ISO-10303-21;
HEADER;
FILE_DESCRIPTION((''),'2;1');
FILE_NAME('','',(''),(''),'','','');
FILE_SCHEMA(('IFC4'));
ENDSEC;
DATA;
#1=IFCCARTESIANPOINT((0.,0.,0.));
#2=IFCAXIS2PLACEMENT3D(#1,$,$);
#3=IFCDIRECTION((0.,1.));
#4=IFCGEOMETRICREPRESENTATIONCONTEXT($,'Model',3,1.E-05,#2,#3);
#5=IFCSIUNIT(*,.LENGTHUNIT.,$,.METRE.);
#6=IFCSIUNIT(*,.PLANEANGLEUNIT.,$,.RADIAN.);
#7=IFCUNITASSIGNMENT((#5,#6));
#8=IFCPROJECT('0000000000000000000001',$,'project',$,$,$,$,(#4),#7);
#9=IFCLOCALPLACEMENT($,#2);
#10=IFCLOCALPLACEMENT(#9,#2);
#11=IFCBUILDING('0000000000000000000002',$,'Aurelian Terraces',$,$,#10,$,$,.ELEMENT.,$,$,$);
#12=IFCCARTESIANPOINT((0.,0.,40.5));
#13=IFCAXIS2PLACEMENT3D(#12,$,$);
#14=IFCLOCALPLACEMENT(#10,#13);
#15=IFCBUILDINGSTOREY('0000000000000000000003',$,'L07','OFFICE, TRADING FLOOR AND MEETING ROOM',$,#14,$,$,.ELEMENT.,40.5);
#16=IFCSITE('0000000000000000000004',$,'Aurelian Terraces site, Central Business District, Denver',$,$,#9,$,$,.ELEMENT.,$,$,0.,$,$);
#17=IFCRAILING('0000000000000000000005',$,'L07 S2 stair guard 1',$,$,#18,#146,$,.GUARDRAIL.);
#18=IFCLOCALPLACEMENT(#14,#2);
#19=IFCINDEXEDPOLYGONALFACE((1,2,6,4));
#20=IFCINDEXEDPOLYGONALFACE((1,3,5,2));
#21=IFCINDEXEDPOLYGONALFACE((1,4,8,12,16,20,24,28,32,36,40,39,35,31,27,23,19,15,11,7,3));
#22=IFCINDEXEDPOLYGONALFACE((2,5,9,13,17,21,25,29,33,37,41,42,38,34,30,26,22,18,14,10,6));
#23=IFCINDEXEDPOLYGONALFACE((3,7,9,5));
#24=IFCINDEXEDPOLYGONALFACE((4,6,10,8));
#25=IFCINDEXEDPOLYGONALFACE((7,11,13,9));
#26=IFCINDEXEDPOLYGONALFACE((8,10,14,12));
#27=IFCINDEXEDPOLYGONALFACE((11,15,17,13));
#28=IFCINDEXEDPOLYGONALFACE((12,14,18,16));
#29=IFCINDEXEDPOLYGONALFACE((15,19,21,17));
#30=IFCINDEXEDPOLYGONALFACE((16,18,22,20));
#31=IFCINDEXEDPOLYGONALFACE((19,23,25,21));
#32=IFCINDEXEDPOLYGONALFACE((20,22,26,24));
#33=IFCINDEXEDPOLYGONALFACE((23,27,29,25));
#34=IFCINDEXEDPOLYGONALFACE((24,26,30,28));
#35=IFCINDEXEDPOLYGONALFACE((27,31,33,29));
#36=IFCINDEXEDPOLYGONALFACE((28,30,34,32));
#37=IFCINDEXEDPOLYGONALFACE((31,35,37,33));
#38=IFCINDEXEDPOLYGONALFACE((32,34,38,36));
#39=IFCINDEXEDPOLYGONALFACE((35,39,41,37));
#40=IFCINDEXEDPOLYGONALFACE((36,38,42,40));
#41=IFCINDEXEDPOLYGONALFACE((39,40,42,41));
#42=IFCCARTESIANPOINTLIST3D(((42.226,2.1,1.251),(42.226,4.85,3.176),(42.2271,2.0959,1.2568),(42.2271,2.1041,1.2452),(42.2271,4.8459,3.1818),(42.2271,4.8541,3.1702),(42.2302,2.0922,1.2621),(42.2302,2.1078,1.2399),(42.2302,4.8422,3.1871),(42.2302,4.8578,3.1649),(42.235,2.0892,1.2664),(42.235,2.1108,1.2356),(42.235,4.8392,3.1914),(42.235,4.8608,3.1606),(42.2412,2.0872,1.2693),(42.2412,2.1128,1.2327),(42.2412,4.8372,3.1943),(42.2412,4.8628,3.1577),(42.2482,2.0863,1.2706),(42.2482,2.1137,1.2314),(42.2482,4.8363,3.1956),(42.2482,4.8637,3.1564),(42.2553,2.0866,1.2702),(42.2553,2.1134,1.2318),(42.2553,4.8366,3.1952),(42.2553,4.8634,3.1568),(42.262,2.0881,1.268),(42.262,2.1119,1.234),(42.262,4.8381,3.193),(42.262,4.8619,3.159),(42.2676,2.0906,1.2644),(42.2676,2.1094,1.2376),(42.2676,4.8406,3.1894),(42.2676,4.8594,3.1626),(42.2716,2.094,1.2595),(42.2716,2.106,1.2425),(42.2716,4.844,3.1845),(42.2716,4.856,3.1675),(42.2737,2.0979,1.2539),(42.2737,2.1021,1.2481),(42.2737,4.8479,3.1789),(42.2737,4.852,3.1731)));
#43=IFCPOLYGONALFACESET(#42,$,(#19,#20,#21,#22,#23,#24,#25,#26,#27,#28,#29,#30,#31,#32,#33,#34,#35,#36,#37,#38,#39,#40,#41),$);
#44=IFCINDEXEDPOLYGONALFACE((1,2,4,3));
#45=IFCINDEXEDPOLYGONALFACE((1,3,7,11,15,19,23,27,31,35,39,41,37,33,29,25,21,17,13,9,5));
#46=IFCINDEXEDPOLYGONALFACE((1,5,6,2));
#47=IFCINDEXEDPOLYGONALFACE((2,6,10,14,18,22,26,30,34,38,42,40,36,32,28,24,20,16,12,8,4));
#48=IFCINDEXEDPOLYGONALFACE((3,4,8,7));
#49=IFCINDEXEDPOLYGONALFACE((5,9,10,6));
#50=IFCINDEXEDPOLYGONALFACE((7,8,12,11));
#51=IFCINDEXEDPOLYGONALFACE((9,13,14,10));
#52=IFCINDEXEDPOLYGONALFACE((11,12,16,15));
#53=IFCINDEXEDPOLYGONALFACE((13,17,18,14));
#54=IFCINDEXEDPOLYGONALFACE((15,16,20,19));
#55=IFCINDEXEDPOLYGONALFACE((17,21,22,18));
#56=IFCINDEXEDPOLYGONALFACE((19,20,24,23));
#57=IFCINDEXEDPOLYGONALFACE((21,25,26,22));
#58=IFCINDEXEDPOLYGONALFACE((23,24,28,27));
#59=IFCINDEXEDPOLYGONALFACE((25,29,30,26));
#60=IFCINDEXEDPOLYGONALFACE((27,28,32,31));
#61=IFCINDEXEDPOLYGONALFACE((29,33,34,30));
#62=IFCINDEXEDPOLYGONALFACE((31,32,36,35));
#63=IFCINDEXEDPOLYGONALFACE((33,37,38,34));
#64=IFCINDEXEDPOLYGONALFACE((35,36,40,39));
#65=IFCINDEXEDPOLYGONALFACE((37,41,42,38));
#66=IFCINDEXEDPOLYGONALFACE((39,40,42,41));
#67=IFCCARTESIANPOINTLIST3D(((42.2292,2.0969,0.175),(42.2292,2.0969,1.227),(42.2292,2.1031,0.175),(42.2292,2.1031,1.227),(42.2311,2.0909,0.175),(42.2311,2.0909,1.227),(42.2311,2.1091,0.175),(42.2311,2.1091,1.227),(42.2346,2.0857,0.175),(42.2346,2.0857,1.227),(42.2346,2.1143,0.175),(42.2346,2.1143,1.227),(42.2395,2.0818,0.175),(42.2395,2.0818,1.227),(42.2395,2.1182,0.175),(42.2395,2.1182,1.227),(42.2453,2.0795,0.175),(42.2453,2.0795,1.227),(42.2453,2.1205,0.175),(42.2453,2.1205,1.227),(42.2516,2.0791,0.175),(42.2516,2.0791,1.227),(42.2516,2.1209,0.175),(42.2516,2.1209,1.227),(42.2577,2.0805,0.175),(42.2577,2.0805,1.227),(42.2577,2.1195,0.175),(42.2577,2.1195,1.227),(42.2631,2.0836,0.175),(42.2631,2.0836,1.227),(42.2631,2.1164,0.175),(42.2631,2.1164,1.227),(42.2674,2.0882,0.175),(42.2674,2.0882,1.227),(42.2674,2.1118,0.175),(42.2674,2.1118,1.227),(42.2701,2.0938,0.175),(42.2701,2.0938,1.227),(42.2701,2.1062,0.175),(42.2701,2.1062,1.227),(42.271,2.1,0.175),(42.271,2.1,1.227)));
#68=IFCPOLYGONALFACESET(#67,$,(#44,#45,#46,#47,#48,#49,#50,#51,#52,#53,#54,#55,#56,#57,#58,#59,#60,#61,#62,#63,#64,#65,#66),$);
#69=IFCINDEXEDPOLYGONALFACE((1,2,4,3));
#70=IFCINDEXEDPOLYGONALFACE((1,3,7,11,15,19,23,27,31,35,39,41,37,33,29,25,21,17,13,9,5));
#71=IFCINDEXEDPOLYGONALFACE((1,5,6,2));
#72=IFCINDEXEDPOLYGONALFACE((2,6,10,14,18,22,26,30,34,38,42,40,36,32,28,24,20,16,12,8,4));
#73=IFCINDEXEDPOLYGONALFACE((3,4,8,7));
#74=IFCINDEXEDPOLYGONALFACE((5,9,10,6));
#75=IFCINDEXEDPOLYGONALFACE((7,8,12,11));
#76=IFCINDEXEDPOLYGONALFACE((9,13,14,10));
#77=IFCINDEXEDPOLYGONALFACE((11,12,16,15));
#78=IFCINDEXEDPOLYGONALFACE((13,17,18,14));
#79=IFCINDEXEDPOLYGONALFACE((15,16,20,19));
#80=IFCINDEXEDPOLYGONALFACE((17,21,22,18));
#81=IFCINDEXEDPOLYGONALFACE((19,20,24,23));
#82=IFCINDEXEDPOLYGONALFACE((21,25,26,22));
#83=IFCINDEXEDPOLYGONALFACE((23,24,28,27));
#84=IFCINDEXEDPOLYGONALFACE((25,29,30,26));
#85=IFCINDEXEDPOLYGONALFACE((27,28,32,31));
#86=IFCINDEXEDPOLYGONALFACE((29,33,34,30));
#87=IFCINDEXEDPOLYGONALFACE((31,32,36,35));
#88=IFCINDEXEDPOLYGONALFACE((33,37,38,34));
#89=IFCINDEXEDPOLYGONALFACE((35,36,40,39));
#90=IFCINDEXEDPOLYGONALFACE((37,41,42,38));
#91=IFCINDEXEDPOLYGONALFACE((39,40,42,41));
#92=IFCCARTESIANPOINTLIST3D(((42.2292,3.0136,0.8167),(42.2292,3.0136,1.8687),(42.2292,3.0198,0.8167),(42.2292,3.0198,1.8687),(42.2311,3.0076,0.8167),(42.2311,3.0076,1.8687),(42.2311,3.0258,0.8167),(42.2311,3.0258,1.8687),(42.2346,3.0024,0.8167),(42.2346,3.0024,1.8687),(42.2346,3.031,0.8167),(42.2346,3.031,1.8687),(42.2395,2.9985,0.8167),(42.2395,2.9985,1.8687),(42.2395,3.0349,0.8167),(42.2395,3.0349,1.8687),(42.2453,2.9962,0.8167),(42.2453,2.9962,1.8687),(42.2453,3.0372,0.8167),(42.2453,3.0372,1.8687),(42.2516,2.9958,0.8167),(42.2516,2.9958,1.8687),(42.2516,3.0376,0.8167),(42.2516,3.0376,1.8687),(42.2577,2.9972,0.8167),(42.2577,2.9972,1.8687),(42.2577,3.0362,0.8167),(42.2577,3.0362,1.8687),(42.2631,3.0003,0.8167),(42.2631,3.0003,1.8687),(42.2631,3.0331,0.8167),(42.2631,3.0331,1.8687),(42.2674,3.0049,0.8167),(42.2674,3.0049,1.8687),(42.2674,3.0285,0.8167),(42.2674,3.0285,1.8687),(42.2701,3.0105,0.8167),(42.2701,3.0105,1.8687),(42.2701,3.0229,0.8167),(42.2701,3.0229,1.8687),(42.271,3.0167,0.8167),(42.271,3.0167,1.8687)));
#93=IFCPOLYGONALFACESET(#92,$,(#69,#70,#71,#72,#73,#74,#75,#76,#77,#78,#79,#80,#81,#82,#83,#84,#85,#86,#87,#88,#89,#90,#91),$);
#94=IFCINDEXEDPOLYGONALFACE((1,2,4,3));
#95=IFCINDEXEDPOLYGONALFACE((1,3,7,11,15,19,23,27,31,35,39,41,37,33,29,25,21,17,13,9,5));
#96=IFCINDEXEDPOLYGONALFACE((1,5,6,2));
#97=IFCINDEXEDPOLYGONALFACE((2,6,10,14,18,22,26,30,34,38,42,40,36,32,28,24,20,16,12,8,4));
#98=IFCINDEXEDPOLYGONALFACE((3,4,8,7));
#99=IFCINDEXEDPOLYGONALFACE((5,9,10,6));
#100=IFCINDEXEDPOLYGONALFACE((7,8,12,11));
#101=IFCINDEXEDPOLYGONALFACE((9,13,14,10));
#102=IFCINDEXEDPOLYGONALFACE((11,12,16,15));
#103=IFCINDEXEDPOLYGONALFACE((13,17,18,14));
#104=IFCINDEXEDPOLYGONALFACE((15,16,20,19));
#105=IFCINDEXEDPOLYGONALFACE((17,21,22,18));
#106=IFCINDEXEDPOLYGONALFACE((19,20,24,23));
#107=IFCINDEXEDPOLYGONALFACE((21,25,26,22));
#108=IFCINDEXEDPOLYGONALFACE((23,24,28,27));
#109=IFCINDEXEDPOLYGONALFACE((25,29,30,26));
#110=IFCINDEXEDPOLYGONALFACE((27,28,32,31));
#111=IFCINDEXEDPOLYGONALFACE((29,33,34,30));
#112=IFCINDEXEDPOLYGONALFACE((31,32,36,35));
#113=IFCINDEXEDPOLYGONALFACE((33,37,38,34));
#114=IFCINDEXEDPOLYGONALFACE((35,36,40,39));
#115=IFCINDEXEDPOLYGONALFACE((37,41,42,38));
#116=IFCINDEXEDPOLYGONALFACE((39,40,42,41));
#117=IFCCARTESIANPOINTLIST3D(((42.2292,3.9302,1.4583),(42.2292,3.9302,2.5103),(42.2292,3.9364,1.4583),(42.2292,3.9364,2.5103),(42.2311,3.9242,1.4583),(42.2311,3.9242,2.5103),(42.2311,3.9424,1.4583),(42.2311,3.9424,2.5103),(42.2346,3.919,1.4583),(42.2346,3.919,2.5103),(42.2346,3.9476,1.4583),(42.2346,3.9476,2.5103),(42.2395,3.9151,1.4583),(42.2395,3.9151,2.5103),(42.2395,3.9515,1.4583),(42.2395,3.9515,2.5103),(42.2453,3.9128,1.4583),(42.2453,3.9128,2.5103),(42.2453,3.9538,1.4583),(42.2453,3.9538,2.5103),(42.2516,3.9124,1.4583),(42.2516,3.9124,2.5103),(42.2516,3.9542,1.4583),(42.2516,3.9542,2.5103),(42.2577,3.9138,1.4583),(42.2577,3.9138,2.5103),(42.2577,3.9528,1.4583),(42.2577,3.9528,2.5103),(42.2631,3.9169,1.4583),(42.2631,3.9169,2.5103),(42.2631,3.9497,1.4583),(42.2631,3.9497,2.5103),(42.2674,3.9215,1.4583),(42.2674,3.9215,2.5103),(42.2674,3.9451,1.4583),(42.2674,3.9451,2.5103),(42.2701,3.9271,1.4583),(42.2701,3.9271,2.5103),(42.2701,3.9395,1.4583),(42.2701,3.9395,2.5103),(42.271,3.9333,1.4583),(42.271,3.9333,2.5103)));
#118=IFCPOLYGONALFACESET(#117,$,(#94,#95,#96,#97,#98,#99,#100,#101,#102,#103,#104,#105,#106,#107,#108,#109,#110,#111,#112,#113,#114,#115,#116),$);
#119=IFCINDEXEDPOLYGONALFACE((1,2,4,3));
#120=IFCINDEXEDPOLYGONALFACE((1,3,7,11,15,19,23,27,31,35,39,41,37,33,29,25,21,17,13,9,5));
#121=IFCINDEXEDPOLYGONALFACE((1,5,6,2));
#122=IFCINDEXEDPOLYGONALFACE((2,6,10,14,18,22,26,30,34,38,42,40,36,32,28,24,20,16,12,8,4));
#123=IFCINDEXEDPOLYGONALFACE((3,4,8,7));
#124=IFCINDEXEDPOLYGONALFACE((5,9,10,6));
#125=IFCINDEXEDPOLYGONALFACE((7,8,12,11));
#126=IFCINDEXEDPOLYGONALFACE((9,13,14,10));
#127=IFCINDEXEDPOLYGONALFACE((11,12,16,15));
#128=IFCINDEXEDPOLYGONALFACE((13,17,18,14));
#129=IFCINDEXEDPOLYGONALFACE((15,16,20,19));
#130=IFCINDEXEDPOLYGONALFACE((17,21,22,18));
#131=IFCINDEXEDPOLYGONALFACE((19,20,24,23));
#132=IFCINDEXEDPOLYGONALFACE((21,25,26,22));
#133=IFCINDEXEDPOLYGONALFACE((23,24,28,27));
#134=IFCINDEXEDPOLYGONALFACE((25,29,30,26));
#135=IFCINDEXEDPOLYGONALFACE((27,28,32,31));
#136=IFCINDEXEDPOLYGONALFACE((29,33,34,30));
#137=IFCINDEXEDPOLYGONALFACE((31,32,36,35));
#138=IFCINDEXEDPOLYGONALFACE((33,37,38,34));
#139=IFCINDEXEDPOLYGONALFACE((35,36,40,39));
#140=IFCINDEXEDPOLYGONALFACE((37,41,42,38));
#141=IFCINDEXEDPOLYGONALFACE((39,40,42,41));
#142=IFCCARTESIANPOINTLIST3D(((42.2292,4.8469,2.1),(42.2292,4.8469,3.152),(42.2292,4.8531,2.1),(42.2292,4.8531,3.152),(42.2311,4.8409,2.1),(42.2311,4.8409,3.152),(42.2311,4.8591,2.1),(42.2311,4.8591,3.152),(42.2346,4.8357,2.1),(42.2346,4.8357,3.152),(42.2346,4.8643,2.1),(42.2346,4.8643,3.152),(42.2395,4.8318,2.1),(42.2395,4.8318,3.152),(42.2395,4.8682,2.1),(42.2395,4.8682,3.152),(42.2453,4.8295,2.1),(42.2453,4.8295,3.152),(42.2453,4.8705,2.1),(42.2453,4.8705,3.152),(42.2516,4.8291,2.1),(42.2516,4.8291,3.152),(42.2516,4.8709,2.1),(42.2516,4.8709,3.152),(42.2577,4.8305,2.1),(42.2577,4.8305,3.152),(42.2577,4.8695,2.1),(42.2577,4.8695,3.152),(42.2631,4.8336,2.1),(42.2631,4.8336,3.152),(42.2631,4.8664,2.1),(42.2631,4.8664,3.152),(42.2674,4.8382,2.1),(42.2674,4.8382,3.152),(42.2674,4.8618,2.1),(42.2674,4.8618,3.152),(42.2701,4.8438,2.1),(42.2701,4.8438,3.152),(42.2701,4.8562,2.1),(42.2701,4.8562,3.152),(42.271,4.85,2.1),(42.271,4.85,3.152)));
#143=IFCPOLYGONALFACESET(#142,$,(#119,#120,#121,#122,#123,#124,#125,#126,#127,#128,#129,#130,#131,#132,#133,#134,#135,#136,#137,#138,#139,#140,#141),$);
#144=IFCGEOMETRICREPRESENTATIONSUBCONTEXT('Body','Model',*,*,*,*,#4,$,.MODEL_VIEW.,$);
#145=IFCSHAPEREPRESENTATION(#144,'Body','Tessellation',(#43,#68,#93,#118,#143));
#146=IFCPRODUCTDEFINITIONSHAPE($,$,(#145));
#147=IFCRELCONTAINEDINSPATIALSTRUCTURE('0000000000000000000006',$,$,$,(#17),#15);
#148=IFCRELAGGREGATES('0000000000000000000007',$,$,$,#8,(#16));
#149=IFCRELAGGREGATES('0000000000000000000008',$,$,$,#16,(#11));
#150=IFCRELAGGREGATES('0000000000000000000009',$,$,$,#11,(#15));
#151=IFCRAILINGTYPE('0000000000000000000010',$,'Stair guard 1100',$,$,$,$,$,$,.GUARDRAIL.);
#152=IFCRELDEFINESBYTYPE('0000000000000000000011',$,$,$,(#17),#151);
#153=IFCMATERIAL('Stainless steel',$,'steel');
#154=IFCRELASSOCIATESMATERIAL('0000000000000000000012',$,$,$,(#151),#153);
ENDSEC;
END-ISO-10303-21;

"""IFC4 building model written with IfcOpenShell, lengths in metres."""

from ifc_helpers import new_model, si_unit, direction, frame, origin, origin_2d, place, context, subcontext, project, spatial, circle, extrude, source, transform, mapped, material, type_object, element, save


model = new_model("IFC4")

# Units and contexts
model_context = context("Model", 3, precision=1e-05, world=origin(), true_north=direction((0.0, 1.0)))
body_context = subcontext(model_context, "Body", "Model", "MODEL_VIEW")
ifc_project = project(units=[si_unit("LENGTHUNIT", "METRE"), si_unit("PLANEANGLEUNIT", "RADIAN")], contexts=[model_context])

# Site, building, storey
site_placement = place(None, origin())
site = spatial("IfcSite", under=ifc_project, at=site_placement, Name="Aurelian Terraces site, Central Business District, Denver", CompositionType="ELEMENT", RefElevation=0.0)
building_placement = place(site_placement, origin())
building = spatial("IfcBuilding", under=site, at=building_placement, Name="Aurelian Terraces", CompositionType="ELEMENT")
storey_placement = place(building_placement, frame((0.0, 0.0, 40.5)))
storey = spatial("IfcBuildingStorey", under=building, at=storey_placement, Name="L07", Description="OFFICE, TRADING FLOOR AND MEETING ROOM", CompositionType="ELEMENT", Elevation=40.5)

# Railing
ifc_material_1 = material(Name="Stainless steel", Category="steel")
railing_type_1 = type_object("IfcRailingType", Name="Stair guard 1100", PredefinedType="GUARDRAIL", material=ifc_material_1)
shared_shape_1 = source(origin(), body_context, "Body", "SweptSolid", [
    extrude(circle(Radius=0.024, at=origin_2d()), frame((0.0, 0.0, 1.076), z_axis=(0.0, 0.819232, 0.573462), x_axis=(-1.0, 0.0, 0.0)), (0.0, 0.0, 1.0), 3.3568),
    extrude(circle(Radius=0.021, at=origin_2d()), origin(), (0.0, 0.0, 1.0), 1.052),
    extrude(circle(Radius=0.021, at=origin_2d()), frame((0.0, 0.9167, 0.6417)), (0.0, 0.0, 1.0), 1.052),
    extrude(circle(Radius=0.021, at=origin_2d()), frame((0.0, 1.8333, 1.2833)), (0.0, 0.0, 1.0), 1.052),
    extrude(circle(Radius=0.021, at=origin_2d()), frame((0.0, 2.75, 1.925)), (0.0, 0.0, 1.0), 1.052),
])
railing_1_placement = place(storey_placement, frame((42.25, 2.1, 0.175)))
element("IfcRailing", 1, at=railing_1_placement, inside=storey, type_object=railing_type_1, Name="L07 S2 stair guard 1", PredefinedType="GUARDRAIL", context=body_context, shape_type="MappedRepresentation", body=[
    mapped(shared_shape_1, transform((0.0, 0.0, 0.0), scale=1.0)),
])

save(model, "model.ifc")
